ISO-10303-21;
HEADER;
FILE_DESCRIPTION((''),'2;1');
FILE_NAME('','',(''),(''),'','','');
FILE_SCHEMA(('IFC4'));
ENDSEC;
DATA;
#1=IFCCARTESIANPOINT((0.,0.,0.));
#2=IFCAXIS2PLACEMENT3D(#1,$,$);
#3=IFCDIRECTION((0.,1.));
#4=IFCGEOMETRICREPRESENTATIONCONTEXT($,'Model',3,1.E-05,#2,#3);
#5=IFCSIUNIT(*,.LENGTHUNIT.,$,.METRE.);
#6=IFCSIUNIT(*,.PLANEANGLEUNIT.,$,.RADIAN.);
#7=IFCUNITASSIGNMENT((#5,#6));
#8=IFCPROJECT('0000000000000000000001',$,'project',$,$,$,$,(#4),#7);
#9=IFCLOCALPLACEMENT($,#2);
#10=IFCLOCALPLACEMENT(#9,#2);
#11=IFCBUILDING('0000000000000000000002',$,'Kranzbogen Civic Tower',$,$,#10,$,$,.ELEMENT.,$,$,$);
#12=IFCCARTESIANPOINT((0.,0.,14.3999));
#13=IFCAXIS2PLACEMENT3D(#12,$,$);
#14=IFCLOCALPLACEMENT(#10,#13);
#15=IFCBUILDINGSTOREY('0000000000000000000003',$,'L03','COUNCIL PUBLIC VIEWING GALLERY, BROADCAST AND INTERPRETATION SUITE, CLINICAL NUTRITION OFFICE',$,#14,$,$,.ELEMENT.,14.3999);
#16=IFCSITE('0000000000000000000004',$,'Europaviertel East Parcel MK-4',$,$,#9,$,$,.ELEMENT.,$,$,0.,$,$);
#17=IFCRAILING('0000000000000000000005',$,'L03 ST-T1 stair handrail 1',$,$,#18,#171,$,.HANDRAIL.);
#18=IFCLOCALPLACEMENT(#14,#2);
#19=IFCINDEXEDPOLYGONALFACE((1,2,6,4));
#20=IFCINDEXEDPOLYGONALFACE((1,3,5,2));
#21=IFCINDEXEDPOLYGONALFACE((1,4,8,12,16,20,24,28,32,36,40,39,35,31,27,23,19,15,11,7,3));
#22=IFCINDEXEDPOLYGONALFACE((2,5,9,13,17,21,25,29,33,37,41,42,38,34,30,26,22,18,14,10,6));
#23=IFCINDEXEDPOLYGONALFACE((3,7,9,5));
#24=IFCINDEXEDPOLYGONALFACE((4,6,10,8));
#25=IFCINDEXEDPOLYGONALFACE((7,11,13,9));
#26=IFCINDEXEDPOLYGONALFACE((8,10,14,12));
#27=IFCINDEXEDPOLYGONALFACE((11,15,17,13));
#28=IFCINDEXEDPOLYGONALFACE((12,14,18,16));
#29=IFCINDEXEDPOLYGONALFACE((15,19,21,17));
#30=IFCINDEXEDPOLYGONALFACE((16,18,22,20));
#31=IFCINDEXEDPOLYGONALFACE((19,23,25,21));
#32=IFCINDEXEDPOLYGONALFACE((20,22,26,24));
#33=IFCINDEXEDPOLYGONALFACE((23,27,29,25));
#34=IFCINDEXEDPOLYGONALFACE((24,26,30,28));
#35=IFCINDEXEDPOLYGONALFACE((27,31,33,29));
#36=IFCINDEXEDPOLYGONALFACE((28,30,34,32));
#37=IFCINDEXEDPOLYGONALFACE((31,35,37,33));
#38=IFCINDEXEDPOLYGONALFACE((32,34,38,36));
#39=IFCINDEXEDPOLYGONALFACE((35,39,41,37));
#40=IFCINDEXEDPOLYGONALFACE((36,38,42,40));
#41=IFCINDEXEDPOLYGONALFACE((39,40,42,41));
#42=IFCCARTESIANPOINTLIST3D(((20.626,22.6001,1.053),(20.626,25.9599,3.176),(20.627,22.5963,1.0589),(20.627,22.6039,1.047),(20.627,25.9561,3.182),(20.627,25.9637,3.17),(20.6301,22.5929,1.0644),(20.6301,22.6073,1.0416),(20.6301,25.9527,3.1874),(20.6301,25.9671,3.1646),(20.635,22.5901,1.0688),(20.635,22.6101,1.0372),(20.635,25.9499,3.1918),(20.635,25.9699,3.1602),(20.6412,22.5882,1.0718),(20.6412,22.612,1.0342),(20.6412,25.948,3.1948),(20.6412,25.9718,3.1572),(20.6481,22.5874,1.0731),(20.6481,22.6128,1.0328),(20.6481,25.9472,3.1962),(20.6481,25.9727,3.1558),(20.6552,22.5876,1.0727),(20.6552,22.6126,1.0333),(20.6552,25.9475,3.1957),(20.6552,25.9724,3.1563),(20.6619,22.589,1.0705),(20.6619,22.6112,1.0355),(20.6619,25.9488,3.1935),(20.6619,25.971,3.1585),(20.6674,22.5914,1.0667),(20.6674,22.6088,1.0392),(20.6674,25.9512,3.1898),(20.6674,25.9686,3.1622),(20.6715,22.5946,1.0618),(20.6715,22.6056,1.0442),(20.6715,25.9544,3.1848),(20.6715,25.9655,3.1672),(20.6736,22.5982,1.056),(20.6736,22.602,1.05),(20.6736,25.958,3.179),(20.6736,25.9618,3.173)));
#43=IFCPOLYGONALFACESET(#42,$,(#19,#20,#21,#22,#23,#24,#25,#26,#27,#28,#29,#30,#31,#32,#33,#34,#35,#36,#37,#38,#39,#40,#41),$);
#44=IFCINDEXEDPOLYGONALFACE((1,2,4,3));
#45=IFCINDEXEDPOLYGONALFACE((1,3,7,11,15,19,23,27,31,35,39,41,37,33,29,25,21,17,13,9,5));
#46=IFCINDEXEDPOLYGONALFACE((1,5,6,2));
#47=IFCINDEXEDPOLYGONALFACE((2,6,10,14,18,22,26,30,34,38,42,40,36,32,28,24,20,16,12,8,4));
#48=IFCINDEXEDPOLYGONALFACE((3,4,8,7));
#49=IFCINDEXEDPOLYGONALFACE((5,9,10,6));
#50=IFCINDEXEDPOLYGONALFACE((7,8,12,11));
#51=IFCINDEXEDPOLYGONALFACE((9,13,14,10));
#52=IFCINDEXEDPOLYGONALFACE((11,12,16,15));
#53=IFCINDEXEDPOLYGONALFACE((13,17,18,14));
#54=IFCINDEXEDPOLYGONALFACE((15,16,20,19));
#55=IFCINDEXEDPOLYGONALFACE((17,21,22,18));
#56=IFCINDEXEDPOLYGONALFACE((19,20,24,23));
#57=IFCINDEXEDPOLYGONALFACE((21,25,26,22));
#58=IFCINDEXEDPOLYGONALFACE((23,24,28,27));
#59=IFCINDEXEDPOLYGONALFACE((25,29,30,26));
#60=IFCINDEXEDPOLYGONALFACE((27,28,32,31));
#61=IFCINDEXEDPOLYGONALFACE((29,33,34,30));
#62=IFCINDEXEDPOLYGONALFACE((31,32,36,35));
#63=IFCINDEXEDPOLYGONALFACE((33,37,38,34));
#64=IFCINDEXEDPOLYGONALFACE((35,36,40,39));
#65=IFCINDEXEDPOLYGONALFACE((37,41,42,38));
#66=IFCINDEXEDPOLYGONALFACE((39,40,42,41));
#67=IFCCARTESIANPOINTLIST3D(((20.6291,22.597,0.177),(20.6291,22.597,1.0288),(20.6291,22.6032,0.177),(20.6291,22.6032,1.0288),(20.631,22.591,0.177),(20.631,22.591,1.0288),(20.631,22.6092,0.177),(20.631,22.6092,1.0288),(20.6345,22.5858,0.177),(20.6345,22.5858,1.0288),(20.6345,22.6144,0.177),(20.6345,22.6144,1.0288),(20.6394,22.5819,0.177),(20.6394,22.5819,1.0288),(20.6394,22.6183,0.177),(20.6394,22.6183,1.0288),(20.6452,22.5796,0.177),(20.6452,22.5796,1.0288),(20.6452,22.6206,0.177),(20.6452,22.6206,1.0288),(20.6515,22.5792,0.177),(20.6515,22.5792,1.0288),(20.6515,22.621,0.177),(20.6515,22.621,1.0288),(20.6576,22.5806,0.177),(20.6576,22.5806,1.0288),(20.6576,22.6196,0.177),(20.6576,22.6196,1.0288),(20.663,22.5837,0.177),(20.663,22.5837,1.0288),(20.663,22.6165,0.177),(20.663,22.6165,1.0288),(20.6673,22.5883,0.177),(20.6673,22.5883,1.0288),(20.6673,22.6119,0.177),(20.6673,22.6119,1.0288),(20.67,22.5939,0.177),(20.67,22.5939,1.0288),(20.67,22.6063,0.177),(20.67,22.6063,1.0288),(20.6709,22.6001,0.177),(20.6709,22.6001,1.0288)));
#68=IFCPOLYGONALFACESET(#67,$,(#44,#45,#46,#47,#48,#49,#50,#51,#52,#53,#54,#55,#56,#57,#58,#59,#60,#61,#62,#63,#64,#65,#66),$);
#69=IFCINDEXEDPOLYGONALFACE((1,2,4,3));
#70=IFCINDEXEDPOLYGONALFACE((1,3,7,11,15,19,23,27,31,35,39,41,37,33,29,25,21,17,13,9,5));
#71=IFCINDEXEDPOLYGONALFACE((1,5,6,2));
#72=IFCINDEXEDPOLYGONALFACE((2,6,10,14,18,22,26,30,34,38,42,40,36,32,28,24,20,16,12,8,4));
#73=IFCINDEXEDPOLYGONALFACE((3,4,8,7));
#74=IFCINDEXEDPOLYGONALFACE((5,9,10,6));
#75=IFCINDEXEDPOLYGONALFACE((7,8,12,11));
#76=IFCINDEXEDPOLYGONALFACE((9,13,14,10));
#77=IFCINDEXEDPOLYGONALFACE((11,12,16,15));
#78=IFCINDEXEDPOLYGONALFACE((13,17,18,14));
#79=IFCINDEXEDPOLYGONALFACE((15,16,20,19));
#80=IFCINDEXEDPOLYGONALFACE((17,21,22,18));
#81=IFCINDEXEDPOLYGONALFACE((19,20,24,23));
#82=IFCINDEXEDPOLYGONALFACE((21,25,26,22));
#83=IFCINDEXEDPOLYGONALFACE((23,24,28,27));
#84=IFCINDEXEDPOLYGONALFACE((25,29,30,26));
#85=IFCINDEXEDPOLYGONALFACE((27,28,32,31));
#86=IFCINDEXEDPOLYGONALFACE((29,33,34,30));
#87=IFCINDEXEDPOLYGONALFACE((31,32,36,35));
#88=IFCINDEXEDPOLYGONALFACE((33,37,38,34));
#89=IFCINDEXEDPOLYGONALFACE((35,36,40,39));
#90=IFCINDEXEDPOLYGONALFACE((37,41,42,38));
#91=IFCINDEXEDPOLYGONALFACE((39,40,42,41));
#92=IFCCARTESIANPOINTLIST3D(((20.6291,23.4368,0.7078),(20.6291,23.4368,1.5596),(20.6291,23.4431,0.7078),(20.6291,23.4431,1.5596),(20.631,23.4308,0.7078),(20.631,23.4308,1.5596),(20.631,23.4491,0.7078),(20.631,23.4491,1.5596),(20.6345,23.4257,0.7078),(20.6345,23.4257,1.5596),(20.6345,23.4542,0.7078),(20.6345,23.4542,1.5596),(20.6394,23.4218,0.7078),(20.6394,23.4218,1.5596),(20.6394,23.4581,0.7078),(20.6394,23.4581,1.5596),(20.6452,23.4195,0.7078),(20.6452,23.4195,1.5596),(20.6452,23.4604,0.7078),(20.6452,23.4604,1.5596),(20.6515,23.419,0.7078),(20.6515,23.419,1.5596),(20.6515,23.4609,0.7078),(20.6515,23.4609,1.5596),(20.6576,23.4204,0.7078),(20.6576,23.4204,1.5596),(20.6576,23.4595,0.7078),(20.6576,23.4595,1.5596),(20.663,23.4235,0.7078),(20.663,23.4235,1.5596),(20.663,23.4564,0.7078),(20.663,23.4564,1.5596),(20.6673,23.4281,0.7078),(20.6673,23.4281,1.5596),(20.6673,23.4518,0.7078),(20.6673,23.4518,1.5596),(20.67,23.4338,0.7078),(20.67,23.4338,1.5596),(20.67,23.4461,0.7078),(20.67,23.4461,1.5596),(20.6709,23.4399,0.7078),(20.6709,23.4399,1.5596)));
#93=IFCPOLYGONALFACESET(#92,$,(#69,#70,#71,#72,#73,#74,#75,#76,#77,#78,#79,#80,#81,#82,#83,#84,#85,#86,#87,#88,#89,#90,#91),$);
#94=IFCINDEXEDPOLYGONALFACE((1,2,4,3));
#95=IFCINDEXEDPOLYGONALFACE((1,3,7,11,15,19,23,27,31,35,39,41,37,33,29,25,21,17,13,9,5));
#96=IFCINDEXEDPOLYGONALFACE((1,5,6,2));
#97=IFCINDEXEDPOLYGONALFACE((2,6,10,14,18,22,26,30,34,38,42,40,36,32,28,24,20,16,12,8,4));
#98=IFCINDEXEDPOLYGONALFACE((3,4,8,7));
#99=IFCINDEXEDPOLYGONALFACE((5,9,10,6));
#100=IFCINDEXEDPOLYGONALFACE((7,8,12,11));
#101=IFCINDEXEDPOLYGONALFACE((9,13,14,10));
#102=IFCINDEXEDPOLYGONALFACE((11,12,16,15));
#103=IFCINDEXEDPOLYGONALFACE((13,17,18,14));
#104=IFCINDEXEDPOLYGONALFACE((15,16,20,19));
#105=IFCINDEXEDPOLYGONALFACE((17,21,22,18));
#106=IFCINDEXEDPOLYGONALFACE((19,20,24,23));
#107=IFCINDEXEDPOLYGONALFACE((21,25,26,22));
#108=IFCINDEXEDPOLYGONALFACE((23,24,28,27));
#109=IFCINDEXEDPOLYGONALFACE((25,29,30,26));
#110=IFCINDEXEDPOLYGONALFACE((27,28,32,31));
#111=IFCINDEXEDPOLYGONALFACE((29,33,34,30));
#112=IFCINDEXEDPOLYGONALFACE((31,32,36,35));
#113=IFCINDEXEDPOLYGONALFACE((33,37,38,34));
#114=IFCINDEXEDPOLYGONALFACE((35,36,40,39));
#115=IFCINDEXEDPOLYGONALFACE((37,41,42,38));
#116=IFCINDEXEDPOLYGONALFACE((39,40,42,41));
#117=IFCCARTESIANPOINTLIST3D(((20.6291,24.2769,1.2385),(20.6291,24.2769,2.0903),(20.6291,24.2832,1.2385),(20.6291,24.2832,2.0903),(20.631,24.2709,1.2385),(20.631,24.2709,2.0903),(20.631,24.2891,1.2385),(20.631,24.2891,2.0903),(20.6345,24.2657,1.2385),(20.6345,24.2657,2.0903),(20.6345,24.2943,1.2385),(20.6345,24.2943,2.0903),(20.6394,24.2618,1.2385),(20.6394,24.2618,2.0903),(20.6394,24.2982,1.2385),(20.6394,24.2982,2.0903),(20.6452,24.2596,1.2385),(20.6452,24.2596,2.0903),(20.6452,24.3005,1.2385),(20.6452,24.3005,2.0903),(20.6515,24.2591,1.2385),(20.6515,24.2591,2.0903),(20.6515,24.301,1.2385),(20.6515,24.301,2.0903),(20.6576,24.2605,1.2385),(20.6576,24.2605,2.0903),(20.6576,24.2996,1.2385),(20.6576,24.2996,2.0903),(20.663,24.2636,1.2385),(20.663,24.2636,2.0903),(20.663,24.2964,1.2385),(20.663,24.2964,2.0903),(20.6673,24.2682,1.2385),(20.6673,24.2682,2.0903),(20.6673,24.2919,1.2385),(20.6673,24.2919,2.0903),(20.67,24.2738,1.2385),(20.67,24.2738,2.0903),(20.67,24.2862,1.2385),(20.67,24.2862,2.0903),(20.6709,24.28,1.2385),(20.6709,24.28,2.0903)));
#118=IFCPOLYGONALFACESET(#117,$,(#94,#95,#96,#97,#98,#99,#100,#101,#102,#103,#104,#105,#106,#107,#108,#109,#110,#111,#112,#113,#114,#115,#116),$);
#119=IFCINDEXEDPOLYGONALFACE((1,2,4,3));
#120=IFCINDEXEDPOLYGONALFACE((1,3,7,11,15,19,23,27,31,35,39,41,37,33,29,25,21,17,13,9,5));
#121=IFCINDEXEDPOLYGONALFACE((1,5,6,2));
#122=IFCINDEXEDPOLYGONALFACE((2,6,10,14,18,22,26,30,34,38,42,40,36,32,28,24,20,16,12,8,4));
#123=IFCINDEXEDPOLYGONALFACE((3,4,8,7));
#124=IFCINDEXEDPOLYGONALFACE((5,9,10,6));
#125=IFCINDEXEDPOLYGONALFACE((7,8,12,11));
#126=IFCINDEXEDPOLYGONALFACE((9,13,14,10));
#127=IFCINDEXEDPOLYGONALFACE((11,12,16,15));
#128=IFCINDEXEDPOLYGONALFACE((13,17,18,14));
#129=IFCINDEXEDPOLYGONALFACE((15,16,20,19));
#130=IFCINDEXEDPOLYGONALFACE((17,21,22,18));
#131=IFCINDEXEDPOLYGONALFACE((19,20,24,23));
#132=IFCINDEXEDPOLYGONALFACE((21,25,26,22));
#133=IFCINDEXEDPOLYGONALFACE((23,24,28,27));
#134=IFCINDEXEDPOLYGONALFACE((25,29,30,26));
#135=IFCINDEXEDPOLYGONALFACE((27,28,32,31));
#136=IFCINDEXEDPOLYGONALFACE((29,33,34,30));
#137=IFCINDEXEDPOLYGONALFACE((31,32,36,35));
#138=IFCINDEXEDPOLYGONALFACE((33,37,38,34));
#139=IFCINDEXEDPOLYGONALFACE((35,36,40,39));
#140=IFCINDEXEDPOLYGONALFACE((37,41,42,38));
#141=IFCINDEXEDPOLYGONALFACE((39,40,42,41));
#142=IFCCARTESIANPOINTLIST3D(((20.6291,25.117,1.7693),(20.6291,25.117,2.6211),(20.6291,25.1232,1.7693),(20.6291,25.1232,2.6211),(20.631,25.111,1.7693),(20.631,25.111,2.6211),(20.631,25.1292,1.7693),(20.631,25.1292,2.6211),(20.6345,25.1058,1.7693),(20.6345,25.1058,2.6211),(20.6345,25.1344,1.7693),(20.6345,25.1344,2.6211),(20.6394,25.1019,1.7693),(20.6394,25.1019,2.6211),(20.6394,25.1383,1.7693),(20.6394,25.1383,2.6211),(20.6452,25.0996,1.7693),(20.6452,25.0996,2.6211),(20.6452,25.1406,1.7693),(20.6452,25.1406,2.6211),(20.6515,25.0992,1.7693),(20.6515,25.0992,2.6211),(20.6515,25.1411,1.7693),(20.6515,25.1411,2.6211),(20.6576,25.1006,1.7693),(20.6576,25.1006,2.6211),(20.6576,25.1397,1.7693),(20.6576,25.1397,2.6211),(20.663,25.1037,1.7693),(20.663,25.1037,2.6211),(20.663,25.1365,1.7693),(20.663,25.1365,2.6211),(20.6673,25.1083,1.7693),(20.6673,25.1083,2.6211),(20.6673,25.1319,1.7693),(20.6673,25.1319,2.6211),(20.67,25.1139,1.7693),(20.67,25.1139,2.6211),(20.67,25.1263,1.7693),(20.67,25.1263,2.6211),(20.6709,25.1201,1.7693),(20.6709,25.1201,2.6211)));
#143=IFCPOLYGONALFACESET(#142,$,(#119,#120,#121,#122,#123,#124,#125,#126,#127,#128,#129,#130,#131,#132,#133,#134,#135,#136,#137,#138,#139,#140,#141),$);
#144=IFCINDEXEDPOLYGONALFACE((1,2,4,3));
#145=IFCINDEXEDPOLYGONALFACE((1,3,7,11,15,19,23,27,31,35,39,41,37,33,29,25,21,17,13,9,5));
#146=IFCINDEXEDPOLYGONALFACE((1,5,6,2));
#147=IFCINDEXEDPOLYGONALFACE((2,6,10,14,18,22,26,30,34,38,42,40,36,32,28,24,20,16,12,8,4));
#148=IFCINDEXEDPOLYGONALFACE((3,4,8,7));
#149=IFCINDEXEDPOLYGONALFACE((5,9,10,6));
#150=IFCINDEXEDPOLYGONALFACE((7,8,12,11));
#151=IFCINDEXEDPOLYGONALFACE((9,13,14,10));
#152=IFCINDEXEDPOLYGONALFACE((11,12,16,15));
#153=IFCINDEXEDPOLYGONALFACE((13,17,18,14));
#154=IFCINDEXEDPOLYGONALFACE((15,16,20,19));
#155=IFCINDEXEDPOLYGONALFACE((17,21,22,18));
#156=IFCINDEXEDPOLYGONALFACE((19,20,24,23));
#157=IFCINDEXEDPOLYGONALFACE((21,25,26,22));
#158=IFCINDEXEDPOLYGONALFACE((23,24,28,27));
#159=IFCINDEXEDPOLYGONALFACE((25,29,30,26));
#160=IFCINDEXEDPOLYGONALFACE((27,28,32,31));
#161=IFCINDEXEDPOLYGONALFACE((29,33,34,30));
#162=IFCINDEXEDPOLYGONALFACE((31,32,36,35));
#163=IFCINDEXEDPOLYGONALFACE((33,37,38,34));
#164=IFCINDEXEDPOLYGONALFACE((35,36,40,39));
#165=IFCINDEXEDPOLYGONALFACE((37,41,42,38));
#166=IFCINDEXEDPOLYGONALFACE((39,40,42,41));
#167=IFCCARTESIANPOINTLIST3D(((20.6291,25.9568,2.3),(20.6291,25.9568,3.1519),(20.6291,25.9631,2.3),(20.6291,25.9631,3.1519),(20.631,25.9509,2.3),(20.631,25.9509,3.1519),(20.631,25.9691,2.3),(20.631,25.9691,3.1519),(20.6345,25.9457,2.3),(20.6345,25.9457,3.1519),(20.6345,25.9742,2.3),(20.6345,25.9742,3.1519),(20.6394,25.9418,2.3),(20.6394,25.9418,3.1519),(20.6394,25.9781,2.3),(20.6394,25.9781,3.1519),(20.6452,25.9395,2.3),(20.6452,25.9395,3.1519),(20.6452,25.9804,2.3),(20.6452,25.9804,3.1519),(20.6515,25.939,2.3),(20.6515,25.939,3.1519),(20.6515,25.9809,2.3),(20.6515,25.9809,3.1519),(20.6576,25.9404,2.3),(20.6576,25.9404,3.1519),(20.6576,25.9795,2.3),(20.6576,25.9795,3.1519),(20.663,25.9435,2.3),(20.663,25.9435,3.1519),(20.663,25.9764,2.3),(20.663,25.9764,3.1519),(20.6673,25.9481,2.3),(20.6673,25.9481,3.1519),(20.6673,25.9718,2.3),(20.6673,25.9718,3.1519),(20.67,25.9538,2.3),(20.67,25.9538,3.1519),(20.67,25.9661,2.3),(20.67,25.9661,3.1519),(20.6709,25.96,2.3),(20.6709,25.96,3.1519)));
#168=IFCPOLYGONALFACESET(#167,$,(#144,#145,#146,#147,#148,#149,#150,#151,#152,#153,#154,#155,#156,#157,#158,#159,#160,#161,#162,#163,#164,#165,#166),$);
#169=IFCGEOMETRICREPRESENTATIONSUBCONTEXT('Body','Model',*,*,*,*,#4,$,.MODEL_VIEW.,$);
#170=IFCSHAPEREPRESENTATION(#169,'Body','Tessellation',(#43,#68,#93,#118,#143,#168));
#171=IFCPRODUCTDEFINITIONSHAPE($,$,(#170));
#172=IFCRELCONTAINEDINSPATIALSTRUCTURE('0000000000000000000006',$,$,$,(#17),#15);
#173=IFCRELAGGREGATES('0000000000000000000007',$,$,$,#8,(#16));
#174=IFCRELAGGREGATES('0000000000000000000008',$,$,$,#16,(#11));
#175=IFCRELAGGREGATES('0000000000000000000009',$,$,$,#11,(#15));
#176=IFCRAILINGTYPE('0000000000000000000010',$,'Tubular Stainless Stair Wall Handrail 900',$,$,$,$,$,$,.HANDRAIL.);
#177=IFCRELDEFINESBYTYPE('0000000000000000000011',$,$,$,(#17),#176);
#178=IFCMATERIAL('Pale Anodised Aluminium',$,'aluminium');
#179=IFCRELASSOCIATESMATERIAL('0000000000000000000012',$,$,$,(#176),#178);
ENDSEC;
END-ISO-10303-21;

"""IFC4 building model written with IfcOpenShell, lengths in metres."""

from ifc_helpers import new_model, si_unit, direction, frame, origin, origin_2d, place, context, subcontext, project, spatial, circle, extrude, material, type_object, element, save


model = new_model("IFC4")

# Units and contexts
model_context = context("Model", 3, precision=1e-05, world=origin(), true_north=direction((0.0, 1.0)))
body_context = subcontext(model_context, "Body", "Model", "MODEL_VIEW")
ifc_project = project(units=[si_unit("LENGTHUNIT", "METRE"), si_unit("PLANEANGLEUNIT", "RADIAN")], contexts=[model_context])

# Site, building, storey
site_placement = place(None, origin())
site = spatial("IfcSite", under=ifc_project, at=site_placement, Name="Europaviertel East Parcel MK-4", CompositionType="ELEMENT", RefElevation=0.0)
building_placement = place(site_placement, origin())
building = spatial("IfcBuilding", under=site, at=building_placement, Name="Kranzbogen Civic Tower", CompositionType="ELEMENT")
storey_placement = place(building_placement, frame((0.0, 0.0, 14.3999)))
storey = spatial("IfcBuildingStorey", under=building, at=storey_placement, Name="L03", Description="COUNCIL PUBLIC VIEWING GALLERY, BROADCAST AND INTERPRETATION SUITE, CLINICAL NUTRITION OFFICE", CompositionType="ELEMENT", Elevation=14.3999)

# Shared definitions
ifc_material_1 = material(Name="Pale Anodised Aluminium", Category="aluminium")

# Railing
railing_type_1 = type_object("IfcRailingType", Name="Tubular Stainless Stair Wall Handrail 900", PredefinedType="HANDRAIL", material=ifc_material_1)
railing_1_placement = place(storey_placement, frame((20.6499, 22.6001, 0.177)))
element("IfcRailing", 1, at=railing_1_placement, inside=storey, type_object=railing_type_1, Name="L03 ST-T1 stair handrail 1", PredefinedType="HANDRAIL", context=body_context, shape_type="SweptSolid", body=[
    extrude(circle(Radius=0.0239, at=origin_2d()), frame((0.0, 0.0, 0.876), z_axis=(0.0, 0.845372, 0.534178), x_axis=(-1.0, 0.0, 0.0)), (0.0, 0.0, 1.0), 3.9744),
    extrude(circle(Radius=0.021, at=origin_2d()), origin(), (0.0, 0.0, 1.0), 0.8518),
    extrude(circle(Radius=0.021, at=origin_2d()), frame((0.0, 0.8398, 0.5308)), (0.0, 0.0, 1.0), 0.8518),
    extrude(circle(Radius=0.021, at=origin_2d()), frame((0.0, 1.6799, 1.0615)), (0.0, 0.0, 1.0), 0.8518),
    extrude(circle(Radius=0.021, at=origin_2d()), frame((0.0, 2.52, 1.5923)), (0.0, 0.0, 1.0), 0.8518),
    extrude(circle(Radius=0.021, at=origin_2d()), frame((0.0, 3.3599, 2.123)), (0.0, 0.0, 1.0), 0.8518),
])

save(model, "model.ifc")
